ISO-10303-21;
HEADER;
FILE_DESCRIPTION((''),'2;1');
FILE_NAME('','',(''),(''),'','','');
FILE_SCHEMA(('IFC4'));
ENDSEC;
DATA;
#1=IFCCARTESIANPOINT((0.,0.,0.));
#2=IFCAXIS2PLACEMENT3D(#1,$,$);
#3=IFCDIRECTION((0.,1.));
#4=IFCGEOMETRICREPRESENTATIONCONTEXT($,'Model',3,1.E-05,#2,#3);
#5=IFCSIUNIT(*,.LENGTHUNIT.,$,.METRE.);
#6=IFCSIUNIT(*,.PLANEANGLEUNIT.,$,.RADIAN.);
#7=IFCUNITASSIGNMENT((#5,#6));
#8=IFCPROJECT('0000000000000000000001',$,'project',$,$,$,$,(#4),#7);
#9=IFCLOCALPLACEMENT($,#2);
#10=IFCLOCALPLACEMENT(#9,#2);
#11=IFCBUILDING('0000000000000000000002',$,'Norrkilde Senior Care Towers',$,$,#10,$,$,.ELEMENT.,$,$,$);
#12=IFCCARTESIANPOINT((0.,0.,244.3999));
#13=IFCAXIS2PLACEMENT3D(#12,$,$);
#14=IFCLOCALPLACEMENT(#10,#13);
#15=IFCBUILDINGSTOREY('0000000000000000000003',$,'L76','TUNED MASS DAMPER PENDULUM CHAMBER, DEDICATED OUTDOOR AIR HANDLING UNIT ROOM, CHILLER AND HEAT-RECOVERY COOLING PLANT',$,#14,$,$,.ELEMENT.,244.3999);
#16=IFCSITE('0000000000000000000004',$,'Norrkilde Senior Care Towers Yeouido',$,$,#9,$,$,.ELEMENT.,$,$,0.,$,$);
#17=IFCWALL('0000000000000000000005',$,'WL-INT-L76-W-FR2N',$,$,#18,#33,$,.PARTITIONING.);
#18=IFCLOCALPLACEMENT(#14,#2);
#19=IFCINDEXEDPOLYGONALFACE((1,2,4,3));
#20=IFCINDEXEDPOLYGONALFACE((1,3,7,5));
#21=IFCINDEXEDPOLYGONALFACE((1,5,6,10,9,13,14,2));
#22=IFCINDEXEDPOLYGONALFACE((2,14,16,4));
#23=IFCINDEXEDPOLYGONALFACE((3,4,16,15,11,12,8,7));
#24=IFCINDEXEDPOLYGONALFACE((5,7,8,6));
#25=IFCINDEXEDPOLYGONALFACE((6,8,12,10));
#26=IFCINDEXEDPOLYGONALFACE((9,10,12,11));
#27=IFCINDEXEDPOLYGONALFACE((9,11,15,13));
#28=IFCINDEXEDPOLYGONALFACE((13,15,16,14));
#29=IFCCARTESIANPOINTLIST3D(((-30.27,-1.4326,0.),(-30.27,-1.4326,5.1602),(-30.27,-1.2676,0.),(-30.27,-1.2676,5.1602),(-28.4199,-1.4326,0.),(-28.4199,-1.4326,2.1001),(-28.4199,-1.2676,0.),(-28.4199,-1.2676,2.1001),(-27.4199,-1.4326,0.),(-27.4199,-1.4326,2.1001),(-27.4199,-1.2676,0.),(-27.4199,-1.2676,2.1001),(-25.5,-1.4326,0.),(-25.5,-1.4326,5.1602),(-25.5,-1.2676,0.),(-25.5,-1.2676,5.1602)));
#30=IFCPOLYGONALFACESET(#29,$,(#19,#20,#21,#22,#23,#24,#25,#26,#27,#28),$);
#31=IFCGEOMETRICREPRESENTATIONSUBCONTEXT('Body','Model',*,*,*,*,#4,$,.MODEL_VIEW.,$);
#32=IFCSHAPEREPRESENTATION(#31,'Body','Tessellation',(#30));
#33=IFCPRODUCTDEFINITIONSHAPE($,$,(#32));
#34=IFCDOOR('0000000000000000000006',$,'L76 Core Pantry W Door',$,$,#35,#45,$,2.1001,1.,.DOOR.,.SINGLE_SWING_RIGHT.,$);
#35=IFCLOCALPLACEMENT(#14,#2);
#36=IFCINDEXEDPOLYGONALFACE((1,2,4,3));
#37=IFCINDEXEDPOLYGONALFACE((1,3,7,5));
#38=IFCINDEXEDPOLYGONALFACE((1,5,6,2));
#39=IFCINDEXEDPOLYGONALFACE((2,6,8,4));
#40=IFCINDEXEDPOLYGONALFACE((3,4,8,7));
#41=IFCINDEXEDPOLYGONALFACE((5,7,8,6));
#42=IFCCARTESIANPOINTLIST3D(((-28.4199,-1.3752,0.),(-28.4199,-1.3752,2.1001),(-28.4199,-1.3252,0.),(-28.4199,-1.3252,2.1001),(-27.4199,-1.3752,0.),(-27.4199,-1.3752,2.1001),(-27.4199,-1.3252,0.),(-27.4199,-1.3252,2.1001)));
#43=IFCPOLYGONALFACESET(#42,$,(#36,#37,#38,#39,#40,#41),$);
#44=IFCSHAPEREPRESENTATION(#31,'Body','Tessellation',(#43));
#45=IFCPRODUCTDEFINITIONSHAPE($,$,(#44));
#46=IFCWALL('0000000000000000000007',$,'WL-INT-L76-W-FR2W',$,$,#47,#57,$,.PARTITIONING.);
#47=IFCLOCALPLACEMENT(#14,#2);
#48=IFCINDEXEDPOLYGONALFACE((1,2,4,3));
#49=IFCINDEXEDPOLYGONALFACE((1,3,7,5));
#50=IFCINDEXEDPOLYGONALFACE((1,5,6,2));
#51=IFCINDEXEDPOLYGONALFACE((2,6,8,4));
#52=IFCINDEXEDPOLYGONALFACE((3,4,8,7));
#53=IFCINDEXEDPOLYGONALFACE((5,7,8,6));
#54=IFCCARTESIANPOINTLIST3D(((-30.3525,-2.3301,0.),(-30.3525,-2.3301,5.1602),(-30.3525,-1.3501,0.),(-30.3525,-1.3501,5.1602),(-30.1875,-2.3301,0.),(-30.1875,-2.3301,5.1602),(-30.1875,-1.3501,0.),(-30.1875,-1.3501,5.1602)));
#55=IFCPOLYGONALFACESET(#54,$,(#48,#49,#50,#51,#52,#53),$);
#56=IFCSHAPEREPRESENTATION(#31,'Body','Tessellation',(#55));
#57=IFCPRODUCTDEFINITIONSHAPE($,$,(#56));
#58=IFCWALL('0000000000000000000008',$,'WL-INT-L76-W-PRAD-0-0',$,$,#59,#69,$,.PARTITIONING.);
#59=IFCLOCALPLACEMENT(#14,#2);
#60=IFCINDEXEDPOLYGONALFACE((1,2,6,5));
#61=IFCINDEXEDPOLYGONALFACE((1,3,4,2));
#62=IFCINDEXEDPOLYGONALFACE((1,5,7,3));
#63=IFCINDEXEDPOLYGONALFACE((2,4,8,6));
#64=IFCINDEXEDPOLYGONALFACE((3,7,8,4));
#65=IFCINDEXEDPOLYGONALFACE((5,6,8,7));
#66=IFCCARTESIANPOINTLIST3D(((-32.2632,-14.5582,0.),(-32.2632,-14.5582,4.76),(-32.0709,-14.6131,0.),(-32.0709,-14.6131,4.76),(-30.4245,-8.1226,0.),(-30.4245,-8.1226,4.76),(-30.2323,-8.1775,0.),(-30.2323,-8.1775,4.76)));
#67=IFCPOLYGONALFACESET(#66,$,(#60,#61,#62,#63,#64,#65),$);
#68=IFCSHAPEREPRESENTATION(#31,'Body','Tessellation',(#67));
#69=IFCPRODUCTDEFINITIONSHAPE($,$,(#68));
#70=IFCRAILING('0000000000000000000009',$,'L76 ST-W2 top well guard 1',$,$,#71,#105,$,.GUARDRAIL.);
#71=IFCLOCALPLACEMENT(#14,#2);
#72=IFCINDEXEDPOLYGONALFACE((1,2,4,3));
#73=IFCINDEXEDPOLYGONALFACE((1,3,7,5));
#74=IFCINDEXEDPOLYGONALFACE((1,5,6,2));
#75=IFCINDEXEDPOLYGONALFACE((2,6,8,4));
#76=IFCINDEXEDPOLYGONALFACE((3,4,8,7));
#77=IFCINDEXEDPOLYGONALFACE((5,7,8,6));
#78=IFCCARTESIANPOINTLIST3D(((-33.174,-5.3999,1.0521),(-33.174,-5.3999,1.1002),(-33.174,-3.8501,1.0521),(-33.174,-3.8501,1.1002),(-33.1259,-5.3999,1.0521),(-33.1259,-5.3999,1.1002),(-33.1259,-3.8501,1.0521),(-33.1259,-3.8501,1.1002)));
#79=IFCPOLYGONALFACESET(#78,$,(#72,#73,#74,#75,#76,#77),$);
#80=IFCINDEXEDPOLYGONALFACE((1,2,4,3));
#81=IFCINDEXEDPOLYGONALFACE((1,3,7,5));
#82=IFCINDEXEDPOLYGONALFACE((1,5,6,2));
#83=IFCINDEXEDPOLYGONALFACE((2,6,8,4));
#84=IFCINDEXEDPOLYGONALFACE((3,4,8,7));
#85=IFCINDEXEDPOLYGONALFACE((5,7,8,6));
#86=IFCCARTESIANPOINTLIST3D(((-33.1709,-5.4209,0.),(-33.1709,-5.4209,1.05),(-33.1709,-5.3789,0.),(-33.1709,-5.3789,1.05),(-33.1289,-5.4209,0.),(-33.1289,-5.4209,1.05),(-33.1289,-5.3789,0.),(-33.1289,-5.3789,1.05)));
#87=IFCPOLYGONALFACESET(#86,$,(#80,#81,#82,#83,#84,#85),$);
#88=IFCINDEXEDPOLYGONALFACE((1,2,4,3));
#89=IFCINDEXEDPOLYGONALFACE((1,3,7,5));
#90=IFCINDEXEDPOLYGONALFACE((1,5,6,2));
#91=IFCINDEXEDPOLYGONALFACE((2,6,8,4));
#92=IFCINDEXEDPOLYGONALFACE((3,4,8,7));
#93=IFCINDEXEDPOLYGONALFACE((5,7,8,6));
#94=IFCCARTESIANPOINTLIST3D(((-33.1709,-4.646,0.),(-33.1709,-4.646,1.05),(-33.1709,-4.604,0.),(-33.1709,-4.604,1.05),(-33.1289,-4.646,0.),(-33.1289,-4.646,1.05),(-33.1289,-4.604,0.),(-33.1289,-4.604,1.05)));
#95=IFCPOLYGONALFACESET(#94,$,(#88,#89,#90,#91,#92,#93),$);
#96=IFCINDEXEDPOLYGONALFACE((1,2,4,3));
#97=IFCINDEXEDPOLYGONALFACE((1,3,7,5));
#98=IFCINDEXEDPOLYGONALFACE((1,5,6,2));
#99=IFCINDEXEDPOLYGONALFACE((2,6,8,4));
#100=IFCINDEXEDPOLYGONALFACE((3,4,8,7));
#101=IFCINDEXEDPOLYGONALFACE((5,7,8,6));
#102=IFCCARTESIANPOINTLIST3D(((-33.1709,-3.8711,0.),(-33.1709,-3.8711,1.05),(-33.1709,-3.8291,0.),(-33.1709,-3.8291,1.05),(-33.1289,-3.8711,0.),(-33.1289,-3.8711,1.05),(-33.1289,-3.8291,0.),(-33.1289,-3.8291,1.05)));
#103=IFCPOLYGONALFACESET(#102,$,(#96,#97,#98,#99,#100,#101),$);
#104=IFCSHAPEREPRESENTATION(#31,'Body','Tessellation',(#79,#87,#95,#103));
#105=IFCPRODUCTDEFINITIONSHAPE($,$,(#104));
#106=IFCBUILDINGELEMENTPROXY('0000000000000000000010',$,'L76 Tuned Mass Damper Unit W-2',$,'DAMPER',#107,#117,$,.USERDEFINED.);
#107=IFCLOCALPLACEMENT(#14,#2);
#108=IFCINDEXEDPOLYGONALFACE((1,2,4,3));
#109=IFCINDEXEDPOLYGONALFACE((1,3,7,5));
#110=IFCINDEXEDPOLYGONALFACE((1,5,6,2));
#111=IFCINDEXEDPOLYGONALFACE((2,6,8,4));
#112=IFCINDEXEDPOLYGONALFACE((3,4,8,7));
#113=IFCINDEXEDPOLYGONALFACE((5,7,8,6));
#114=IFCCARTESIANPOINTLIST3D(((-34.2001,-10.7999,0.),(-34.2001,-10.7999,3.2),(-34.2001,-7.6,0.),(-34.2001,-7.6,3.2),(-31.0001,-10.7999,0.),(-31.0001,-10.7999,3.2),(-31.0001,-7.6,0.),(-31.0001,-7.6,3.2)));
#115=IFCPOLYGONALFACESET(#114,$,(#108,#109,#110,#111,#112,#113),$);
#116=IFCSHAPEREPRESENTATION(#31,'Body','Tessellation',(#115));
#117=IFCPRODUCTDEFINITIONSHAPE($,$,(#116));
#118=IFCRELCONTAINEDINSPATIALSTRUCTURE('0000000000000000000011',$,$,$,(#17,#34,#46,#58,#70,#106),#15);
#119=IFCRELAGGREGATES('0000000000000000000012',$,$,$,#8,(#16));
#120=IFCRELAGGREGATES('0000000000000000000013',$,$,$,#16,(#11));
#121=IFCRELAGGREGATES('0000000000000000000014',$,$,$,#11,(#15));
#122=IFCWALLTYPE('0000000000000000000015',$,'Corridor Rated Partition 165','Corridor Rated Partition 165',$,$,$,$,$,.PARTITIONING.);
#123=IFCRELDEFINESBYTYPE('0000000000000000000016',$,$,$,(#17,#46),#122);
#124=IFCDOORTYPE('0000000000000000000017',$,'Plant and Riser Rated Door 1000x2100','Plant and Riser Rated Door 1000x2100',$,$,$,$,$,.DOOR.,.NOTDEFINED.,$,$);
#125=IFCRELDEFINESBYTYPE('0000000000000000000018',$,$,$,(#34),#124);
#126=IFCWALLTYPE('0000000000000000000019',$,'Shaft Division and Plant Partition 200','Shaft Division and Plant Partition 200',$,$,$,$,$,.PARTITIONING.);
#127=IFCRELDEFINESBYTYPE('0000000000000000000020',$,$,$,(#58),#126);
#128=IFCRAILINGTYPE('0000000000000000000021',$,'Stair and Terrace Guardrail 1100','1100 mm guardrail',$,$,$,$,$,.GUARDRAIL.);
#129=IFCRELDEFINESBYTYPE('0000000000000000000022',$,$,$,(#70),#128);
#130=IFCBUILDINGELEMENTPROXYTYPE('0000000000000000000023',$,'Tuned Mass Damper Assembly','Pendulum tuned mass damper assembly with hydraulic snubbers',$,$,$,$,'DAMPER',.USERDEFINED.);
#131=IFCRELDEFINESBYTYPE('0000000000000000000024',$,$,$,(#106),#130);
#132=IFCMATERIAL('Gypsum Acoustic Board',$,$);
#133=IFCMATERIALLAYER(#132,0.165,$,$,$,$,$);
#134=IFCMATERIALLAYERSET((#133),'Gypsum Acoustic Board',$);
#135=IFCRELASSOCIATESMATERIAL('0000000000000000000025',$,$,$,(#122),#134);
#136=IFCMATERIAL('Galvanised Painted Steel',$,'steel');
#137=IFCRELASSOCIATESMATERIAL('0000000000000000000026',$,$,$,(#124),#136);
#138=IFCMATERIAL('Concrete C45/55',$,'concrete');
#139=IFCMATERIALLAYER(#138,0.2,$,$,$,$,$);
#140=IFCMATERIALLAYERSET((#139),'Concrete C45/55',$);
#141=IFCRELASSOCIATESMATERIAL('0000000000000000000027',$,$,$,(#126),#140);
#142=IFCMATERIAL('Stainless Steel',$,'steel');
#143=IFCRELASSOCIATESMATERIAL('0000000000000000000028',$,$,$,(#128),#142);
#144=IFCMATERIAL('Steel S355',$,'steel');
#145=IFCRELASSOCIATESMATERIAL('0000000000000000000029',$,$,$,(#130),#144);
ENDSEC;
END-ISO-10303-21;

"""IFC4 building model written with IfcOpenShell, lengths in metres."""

from ifc_helpers import new_model, si_unit, direction, frame, frame_2d, origin, origin_2d, place, context, subcontext, project, spatial, rectangle, extrude, source, transform, mapped, material, layer, layer_set, type_object, type_shapes, element, fill, save


model = new_model("IFC4")

# Units and contexts
model_context = context("Model", 3, precision=1e-05, world=origin(), true_north=direction((0.0, 1.0)))
body_context = subcontext(model_context, "Body", "Model", "MODEL_VIEW")
ifc_project = project(units=[si_unit("LENGTHUNIT", "METRE"), si_unit("PLANEANGLEUNIT", "RADIAN")], contexts=[model_context])

# Site, building, storey
site_placement = place(None, origin())
site = spatial("IfcSite", under=ifc_project, at=site_placement, Name="Norrkilde Senior Care Towers Yeouido", CompositionType="ELEMENT", RefElevation=0.0)
building_placement = place(site_placement, origin())
building = spatial("IfcBuilding", under=site, at=building_placement, Name="Norrkilde Senior Care Towers", CompositionType="ELEMENT")
storey_placement = place(building_placement, frame((0.0, 0.0, 244.3999)))
storey = spatial("IfcBuildingStorey", under=building, at=storey_placement, Name="L76", Description="TUNED MASS DAMPER PENDULUM CHAMBER, DEDICATED OUTDOOR AIR HANDLING UNIT ROOM, CHILLER AND HEAT-RECOVERY COOLING PLANT", CompositionType="ELEMENT", Elevation=244.3999)

# Shared definitions
ifc_material_1 = material(Name="Steel S355", Category="steel")

# Shared definitions
ifc_material_2 = material(Name="Galvanised Painted Steel", Category="steel")
ifc_material_3 = material(Name="Concrete C45/55", Category="concrete")

# Wall, opening, door
ifc_material_4 = material(Name="Gypsum Acoustic Board")
ifc_layer_1 = layer(ifc_material_4, 0.165)
ifc_layer_set_1 = layer_set([ifc_layer_1], Name="Gypsum Acoustic Board")
wall_type_1 = type_object("IfcWallType", Name="Corridor Rated Partition 165", Description="Corridor Rated Partition 165", PredefinedType="PARTITIONING", material=ifc_layer_set_1)
shared_shape_1 = source(origin(), body_context, "Body", "SweptSolid", [
    extrude(rectangle(XDim=4.77, YDim=0.165, at=frame_2d((2.385, 0.0))), origin(), (0.0, 0.0, 1.0), 5.1602),
])
wall_1_placement = place(storey_placement, frame((-30.27, -1.3501, 0.0), z_axis=(0.0, 0.0, 1.0), x_axis=(1.0, 0.0, 0.0)))
wall_1 = element("IfcWall", 1, at=wall_1_placement, inside=storey, type_object=wall_type_1, Name="WL-INT-L76-W-FR2N", PredefinedType="PARTITIONING", context=body_context, shape_type="MappedRepresentation", body=[
    mapped(shared_shape_1, transform((0.0, 0.0, 0.0), x_axis=(1.0, 0.0, 0.0), y_axis=(0.0, 1.0, 0.0), z_axis=(0.0, 0.0, 1.0), scale=1.0)),
])
opening_1_placement = place(wall_1_placement, frame((1.8501, 0.0, 0.0)))
opening_1 = element("IfcOpeningElement", 2, at=opening_1_placement, cuts=wall_1, PredefinedType="OPENING", context=body_context, shape_type="SweptSolid", body=[
    extrude(rectangle(XDim=1.0, YDim=2.1001, at=frame_2d((0.5, 1.05))), frame((0.0, 0.0925, 0.0), z_axis=(0.0, -1.0, 0.0), x_axis=(1.0, 0.0, 0.0)), (0.0, 0.0, 1.0), 0.1851),
])
door_type_1 = type_object("IfcDoorType", Name="Plant and Riser Rated Door 1000x2100", Description="Plant and Riser Rated Door 1000x2100", OperationType="NOTDEFINED", PredefinedType="DOOR", material=ifc_material_2)
shared_shape_2 = source(origin(), body_context, "Body", "SweptSolid", [
    extrude(rectangle(XDim=1.0, YDim=2.1001, at=frame_2d((0.5, 1.05))), frame((0.0, 0.0249, 0.0), z_axis=(0.0, -1.0, 0.0), x_axis=(1.0, 0.0, 0.0)), (0.0, 0.0, 1.0), 0.05),
])
type_shapes(door_type_1, [shared_shape_2])
door_1_placement = place(opening_1_placement, origin())
door_1 = element("IfcDoor", 3, at=door_1_placement, inside=storey, type_object=door_type_1, Name="L76 Core Pantry W Door", OperationType="SINGLE_SWING_RIGHT", OverallHeight=2.1001, OverallWidth=1.0, PredefinedType="DOOR", context=body_context, shape_type="MappedRepresentation", body=[
    mapped(shared_shape_2, transform((0.0, 0.0, 0.0), x_axis=(1.0, 0.0, 0.0), y_axis=(0.0, 1.0, 0.0), z_axis=(0.0, 0.0, 1.0), scale=1.0)),
])
fill(opening_1, door_1)

# Walls
shared_shape_3 = source(origin(), body_context, "Body", "SweptSolid", [
    extrude(rectangle(XDim=0.98, YDim=0.165, at=frame_2d((0.49, 0.0))), origin(), (0.0, 0.0, 1.0), 5.1602),
])
type_shapes(wall_type_1, [shared_shape_1, shared_shape_3])
wall_2_placement = place(storey_placement, frame((-30.27, -2.3301, 0.0), z_axis=(0.0, 0.0, 1.0), x_axis=(0.0, 1.0, 0.0)))
element("IfcWall", 4, at=wall_2_placement, inside=storey, type_object=wall_type_1, Name="WL-INT-L76-W-FR2W", PredefinedType="PARTITIONING", context=body_context, shape_type="MappedRepresentation", body=[
    mapped(shared_shape_3, transform((0.0, 0.0, 0.0), x_axis=(1.0, 0.0, 0.0), y_axis=(0.0, 1.0, 0.0), z_axis=(0.0, 0.0, 1.0), scale=1.0)),
])
ifc_layer_2 = layer(ifc_material_3, 0.2)
ifc_layer_set_2 = layer_set([ifc_layer_2], Name="Concrete C45/55")
wall_type_2 = type_object("IfcWallType", Name="Shaft Division and Plant Partition 200", Description="Shaft Division and Plant Partition 200", PredefinedType="PARTITIONING", material=ifc_layer_set_2)
shared_shape_4 = source(origin(), body_context, "Body", "SweptSolid", [
    extrude(rectangle(XDim=6.6931, YDim=0.2, at=frame_2d((3.3467, 0.0))), origin(), (0.0, 0.0, 1.0), 4.76),
])
type_shapes(wall_type_2, [shared_shape_4])
wall_3_placement = place(storey_placement, frame((-30.3284, -8.1499, 0.0), z_axis=(0.0, 0.0, 1.0), x_axis=(-0.274707, -0.961528, 0.0)))
element("IfcWall", 5, at=wall_3_placement, inside=storey, type_object=wall_type_2, Name="WL-INT-L76-W-PRAD-0-0", PredefinedType="PARTITIONING", context=body_context, shape_type="MappedRepresentation", body=[
    mapped(shared_shape_4, transform((0.0, 0.0, 0.0), x_axis=(1.0, 0.0, 0.0), y_axis=(0.0, 1.0, 0.0), z_axis=(0.0, 0.0, 1.0), scale=1.0)),
])

# Railing
ifc_material_5 = material(Name="Stainless Steel", Category="steel")
railing_type = type_object("IfcRailingType", Name="Stair and Terrace Guardrail 1100", Description="1100 mm guardrail", PredefinedType="GUARDRAIL", material=ifc_material_5)
railing_placement = place(storey_placement, frame((-33.1499, -5.3999, 0.0)))
element("IfcRailing", 6, at=railing_placement, inside=storey, type_object=railing_type, Name="L76 ST-W2 top well guard 1", PredefinedType="GUARDRAIL", context=body_context, shape_type="SweptSolid", body=[
    extrude(rectangle(XDim=0.0481, YDim=0.0481, at=origin_2d()), frame((0.0, 0.0, 1.0762), z_axis=(0.0, 1.0, 0.0), x_axis=(-1.0, 0.0, 0.0)), (0.0, 0.0, 1.0), 1.5498),
    extrude(rectangle(XDim=0.042, YDim=0.042, at=origin_2d()), origin(), (0.0, 0.0, 1.0), 1.05),
    extrude(rectangle(XDim=0.042, YDim=0.042, at=origin_2d()), frame((0.0, 0.7749, 0.0)), (0.0, 0.0, 1.0), 1.05),
    extrude(rectangle(XDim=0.042, YDim=0.042, at=origin_2d()), frame((0.0, 1.5498, 0.0)), (0.0, 0.0, 1.0), 1.05),
])

# Building element proxy
building_element_proxy_type = type_object("IfcBuildingElementProxyType", Name="Tuned Mass Damper Assembly", Description="Pendulum tuned mass damper assembly with hydraulic snubbers", ElementType="DAMPER", PredefinedType="USERDEFINED", material=ifc_material_1)
shared_shape_5 = source(origin(), body_context, "Body", "SweptSolid", [
    extrude(rectangle(XDim=3.2, YDim=3.2, at=origin_2d()), origin(), (0.0, 0.0, 1.0), 3.2),
])
type_shapes(building_element_proxy_type, [shared_shape_5])
proxy_placement = place(storey_placement, frame((-32.6001, -9.2, 0.0), z_axis=(0.0, 0.0, 1.0), x_axis=(1.0, 0.0, 0.0)))
element("IfcBuildingElementProxy", 7, at=proxy_placement, inside=storey, type_object=building_element_proxy_type, Name="L76 Tuned Mass Damper Unit W-2", ObjectType="DAMPER", PredefinedType="USERDEFINED", context=body_context, shape_type="MappedRepresentation", body=[
    mapped(shared_shape_5, transform((0.0, 0.0, 0.0), x_axis=(1.0, 0.0, 0.0), y_axis=(0.0, 1.0, 0.0), z_axis=(0.0, 0.0, 1.0), scale=1.0)),
])

save(model, "model.ifc")
